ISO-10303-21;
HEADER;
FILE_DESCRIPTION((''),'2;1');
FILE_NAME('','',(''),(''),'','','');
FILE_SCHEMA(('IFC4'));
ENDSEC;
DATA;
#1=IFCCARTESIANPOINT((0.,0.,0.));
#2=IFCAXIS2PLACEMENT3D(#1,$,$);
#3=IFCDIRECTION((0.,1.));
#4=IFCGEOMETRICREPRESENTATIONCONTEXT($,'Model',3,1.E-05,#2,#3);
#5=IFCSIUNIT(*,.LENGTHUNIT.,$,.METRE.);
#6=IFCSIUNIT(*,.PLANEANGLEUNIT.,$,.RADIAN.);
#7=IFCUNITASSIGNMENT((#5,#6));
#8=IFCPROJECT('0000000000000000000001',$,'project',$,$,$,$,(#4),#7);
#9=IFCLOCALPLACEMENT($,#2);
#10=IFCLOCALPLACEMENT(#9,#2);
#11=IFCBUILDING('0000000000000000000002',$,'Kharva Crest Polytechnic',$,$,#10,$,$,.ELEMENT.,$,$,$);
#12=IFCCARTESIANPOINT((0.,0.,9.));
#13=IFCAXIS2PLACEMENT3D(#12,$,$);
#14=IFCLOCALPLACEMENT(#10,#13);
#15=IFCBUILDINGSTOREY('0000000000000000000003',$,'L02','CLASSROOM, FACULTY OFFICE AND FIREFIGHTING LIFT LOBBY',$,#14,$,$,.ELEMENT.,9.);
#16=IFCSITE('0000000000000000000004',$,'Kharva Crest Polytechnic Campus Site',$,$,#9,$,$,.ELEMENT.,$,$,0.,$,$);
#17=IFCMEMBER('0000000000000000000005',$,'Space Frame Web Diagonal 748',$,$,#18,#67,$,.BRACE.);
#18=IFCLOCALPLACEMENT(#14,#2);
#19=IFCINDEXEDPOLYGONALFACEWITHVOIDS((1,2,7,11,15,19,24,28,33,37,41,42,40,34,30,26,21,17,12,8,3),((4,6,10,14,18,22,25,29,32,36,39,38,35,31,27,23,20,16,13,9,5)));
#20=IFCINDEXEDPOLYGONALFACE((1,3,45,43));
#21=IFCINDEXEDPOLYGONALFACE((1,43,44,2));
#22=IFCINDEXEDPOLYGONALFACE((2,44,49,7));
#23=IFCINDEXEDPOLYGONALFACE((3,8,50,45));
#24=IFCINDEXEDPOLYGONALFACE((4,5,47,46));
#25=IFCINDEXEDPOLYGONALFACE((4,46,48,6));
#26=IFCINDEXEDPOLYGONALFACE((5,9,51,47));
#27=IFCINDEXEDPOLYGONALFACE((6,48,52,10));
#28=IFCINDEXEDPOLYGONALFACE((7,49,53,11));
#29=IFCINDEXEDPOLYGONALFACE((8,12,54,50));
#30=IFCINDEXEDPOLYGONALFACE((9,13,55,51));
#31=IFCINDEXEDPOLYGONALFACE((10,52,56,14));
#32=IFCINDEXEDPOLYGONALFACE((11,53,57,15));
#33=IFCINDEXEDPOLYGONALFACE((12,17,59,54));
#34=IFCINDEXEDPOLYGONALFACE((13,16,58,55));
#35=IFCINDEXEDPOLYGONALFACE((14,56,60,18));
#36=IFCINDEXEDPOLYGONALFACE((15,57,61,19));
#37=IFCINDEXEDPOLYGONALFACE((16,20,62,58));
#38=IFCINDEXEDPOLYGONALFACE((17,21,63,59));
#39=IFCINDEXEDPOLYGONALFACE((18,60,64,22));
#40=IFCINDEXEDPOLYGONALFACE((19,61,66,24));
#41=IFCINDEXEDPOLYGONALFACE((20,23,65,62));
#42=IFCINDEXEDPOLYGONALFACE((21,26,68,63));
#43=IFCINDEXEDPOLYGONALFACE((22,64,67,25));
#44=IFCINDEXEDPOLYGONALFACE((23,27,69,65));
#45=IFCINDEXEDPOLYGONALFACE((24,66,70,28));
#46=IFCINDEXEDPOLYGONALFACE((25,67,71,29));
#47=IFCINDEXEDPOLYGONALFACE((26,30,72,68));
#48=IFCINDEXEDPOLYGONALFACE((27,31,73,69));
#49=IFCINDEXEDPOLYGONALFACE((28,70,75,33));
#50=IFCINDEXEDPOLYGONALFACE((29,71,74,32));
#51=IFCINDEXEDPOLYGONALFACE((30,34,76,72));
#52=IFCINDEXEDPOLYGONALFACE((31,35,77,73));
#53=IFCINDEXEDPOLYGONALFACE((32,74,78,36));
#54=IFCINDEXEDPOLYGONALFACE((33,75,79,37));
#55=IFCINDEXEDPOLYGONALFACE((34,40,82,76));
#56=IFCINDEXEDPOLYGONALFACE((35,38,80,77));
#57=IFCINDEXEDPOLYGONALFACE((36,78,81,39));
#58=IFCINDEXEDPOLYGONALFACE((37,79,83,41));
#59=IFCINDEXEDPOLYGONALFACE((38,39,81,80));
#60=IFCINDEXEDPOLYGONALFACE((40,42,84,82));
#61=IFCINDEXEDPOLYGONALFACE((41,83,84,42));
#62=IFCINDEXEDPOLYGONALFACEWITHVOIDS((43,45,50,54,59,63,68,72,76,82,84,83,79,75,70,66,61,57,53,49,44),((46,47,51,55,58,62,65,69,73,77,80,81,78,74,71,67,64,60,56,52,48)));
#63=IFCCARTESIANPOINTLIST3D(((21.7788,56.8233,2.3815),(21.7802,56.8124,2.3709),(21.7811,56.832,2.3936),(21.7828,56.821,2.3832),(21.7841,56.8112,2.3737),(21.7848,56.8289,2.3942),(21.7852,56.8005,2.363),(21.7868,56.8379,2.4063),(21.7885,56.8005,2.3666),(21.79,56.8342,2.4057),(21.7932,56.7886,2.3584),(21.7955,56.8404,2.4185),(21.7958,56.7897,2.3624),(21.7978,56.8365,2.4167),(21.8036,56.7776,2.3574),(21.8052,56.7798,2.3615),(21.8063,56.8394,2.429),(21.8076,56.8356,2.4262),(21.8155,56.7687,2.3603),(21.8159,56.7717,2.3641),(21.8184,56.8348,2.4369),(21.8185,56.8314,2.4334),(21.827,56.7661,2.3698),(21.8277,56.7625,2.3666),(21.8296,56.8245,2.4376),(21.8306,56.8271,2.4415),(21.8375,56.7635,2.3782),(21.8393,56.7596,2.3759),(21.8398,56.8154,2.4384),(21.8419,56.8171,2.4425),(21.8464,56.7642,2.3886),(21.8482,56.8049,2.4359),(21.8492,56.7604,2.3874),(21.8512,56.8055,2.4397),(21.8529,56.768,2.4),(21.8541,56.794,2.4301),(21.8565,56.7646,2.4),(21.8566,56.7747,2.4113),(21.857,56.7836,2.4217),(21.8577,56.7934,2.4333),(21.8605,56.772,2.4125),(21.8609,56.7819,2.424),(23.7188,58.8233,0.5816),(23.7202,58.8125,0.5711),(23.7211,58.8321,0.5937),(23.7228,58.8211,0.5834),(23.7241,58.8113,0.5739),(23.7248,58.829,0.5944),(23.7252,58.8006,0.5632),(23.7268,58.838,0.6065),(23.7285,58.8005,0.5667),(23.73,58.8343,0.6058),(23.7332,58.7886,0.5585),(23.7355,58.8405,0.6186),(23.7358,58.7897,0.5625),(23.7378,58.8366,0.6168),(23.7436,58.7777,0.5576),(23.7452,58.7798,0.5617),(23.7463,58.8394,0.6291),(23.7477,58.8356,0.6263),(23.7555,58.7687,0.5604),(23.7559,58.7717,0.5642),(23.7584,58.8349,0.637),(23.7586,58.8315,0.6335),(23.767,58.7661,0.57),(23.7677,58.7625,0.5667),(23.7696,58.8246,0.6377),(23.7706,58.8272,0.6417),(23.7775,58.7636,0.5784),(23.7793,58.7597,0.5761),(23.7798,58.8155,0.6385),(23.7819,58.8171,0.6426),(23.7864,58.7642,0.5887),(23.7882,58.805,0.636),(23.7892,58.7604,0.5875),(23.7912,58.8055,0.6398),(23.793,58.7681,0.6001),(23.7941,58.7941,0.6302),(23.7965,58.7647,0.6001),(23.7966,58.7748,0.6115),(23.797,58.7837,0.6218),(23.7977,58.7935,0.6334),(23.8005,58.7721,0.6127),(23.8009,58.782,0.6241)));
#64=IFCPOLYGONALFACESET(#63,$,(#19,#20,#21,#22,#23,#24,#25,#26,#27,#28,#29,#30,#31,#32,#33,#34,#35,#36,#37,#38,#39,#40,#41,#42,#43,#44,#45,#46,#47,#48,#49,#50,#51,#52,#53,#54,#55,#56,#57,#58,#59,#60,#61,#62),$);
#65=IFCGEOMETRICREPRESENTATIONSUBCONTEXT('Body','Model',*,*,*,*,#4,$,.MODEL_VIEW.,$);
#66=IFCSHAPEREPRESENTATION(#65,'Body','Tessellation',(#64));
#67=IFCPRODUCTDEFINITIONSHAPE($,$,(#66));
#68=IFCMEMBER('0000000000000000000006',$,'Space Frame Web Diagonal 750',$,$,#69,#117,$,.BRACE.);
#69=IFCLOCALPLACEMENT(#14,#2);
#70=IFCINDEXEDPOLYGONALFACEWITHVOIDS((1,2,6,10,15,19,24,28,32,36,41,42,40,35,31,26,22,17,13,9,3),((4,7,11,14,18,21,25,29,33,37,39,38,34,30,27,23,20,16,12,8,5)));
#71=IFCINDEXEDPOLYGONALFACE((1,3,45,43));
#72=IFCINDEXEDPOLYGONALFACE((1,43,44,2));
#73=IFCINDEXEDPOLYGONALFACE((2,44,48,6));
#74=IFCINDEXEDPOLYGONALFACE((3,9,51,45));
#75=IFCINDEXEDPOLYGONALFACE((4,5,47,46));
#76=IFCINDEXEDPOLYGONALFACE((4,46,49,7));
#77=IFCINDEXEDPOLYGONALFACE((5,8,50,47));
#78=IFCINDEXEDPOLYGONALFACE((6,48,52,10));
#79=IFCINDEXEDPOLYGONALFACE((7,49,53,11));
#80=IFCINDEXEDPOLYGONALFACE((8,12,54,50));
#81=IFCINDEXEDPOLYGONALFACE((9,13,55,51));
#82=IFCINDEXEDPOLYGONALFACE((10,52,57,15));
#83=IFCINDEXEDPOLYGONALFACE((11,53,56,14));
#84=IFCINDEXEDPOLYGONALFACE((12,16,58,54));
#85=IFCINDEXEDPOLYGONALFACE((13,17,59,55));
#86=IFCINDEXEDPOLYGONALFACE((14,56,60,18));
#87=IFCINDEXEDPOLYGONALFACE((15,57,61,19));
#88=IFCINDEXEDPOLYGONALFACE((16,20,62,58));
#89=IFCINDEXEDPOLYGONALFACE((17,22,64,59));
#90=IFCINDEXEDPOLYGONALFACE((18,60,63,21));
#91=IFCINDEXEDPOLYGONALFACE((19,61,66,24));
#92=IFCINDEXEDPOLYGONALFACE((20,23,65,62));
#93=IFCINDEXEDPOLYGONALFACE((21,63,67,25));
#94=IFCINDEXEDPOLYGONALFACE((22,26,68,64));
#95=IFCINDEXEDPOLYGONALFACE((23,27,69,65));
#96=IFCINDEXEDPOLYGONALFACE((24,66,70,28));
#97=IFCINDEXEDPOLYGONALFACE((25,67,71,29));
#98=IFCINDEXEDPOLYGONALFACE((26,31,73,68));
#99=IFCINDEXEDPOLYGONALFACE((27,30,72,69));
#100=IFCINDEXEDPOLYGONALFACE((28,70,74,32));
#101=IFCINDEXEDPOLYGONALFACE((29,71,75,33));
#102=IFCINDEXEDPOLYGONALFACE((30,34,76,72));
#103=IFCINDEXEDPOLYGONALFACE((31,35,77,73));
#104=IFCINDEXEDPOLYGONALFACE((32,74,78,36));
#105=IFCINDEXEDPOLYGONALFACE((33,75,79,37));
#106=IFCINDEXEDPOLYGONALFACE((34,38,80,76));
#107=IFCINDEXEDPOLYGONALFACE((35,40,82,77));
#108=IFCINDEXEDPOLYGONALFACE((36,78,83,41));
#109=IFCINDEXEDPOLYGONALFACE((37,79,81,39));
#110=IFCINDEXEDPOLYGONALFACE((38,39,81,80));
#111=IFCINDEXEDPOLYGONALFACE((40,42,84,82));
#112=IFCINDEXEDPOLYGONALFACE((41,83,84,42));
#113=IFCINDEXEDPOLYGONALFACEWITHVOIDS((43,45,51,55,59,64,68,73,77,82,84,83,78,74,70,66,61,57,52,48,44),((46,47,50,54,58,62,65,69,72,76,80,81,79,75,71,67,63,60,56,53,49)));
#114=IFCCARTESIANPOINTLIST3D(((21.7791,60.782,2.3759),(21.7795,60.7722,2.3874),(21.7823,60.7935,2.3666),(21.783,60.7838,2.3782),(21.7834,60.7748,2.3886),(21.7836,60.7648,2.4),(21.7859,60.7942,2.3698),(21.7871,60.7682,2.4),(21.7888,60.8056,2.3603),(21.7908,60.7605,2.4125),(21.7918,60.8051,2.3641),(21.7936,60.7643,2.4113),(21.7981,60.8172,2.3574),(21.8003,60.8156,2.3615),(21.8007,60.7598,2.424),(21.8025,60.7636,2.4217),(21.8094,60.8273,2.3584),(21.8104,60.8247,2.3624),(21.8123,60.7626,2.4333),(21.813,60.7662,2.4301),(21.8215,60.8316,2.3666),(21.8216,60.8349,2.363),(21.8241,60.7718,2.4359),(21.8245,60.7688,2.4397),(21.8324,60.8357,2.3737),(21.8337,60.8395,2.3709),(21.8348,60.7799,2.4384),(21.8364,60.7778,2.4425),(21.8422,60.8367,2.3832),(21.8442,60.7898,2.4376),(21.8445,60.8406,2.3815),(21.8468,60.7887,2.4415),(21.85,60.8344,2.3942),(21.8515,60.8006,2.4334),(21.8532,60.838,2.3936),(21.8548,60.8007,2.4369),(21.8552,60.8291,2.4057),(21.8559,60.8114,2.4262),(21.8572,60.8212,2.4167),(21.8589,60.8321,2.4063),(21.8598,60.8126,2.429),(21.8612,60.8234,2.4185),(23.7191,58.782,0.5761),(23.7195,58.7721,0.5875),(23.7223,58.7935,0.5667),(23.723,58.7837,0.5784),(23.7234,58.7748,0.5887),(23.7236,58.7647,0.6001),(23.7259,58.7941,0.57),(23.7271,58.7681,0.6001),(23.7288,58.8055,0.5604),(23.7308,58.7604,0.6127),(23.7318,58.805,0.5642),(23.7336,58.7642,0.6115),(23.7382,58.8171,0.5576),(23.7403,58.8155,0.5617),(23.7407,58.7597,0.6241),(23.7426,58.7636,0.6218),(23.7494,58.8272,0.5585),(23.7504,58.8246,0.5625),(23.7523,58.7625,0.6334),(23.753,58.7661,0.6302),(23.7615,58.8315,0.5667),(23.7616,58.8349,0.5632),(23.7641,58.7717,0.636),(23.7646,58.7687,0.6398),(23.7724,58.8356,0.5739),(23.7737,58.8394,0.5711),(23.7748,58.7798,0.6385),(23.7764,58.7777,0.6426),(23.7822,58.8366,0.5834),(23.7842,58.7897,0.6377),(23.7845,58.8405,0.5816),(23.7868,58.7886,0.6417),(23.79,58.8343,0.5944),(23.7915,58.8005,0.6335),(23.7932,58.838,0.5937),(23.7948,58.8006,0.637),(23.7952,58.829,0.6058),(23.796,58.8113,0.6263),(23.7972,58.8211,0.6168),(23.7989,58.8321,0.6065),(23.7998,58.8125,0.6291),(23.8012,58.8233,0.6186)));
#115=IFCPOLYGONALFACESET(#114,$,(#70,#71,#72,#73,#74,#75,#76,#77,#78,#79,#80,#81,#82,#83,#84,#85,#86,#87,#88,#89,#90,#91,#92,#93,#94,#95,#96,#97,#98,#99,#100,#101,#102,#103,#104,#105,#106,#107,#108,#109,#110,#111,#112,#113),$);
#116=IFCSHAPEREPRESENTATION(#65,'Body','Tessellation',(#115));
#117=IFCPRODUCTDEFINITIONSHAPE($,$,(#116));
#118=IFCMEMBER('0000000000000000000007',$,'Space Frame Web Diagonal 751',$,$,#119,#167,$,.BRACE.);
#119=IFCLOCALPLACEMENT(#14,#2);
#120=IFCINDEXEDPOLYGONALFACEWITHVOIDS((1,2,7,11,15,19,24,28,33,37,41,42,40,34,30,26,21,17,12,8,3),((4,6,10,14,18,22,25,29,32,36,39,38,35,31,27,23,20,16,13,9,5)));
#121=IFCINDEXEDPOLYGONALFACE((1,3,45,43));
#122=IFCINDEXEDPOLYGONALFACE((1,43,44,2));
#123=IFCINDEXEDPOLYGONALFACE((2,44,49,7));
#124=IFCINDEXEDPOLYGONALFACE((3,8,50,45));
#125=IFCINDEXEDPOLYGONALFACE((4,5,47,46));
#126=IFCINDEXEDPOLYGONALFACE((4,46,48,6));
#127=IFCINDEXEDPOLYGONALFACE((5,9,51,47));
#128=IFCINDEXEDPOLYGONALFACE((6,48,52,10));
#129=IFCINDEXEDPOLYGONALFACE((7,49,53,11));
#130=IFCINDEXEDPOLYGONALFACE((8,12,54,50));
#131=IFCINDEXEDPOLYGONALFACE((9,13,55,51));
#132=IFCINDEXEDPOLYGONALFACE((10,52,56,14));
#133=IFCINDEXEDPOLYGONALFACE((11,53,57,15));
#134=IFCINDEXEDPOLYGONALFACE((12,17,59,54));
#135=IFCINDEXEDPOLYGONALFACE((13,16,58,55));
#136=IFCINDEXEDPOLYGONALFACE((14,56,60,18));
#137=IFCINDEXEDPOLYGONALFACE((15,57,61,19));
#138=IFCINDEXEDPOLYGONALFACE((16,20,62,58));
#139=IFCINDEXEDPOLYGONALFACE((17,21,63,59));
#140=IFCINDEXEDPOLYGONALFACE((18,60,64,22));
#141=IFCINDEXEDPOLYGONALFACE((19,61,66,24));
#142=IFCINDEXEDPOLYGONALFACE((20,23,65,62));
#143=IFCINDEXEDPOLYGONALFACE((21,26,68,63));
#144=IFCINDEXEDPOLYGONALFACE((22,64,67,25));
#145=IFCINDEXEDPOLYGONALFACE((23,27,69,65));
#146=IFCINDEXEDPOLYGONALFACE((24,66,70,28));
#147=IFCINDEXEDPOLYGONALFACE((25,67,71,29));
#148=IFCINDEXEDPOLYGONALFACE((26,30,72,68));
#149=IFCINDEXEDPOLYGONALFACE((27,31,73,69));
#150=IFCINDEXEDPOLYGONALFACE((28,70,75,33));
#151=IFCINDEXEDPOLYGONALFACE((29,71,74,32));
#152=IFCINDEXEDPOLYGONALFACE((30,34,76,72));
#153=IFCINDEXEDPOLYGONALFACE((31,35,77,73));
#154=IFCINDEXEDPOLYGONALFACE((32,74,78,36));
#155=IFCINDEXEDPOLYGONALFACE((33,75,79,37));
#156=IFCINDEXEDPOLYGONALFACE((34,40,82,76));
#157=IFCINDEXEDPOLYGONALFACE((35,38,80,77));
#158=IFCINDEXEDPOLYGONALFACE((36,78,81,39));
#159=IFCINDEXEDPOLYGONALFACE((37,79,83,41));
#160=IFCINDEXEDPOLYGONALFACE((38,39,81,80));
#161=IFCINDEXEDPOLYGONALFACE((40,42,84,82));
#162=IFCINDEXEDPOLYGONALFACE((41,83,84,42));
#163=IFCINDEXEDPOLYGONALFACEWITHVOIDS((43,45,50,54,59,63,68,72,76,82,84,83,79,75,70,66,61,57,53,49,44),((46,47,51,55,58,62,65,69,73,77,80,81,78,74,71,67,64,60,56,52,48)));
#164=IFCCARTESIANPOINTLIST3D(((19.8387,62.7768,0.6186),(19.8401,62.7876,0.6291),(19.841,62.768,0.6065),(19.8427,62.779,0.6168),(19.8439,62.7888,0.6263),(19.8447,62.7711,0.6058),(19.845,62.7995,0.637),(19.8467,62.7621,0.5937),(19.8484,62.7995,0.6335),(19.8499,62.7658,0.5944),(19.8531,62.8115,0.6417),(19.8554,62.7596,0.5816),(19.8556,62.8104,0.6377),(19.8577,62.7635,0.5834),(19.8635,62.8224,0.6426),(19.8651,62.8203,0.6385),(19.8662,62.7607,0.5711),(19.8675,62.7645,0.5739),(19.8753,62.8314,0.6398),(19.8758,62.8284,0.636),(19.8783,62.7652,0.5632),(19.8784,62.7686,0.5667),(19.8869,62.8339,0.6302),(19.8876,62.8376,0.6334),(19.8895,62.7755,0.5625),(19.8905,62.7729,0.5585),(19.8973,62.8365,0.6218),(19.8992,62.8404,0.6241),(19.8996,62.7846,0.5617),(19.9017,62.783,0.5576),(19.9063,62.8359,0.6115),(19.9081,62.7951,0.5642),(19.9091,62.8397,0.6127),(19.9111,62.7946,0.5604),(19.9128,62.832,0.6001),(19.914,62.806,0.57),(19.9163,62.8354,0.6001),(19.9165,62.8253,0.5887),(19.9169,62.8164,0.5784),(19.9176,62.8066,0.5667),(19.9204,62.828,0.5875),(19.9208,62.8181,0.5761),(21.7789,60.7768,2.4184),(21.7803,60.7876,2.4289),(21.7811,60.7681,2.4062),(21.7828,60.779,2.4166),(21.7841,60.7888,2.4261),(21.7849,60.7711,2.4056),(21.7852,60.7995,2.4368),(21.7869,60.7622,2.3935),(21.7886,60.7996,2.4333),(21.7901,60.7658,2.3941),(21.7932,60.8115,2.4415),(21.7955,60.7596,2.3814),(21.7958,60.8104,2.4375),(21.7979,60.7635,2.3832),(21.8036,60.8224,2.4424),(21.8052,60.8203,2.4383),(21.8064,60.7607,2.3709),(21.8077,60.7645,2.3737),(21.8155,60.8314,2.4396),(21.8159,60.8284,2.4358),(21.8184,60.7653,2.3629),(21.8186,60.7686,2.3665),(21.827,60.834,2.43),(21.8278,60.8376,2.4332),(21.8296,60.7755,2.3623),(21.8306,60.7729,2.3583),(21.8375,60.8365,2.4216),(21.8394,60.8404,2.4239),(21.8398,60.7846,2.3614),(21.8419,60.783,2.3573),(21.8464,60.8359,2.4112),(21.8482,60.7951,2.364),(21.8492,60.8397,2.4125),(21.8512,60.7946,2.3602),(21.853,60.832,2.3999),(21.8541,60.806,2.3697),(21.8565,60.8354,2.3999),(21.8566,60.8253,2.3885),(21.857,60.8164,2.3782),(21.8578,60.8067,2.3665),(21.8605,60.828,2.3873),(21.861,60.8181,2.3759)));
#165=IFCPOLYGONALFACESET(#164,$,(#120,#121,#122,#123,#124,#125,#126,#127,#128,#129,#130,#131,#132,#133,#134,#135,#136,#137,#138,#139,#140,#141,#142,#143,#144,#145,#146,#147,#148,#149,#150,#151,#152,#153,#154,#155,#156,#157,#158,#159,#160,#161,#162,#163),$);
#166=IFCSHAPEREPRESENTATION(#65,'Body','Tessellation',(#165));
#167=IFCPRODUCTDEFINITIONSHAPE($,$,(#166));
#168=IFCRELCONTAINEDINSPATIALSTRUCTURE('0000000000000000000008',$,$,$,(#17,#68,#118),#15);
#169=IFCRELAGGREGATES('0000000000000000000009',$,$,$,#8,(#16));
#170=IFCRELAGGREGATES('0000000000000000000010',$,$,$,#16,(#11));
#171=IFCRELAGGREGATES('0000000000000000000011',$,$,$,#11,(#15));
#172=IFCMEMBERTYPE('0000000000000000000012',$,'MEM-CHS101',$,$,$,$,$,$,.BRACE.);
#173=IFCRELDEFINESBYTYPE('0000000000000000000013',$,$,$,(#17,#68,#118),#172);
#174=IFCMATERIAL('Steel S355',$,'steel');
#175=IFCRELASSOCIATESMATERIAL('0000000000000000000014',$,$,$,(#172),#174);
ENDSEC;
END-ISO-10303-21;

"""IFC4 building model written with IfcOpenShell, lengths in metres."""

from ifc_helpers import new_model, si_unit, direction, frame, origin, origin_2d, place, context, subcontext, project, spatial, hollow_circle, extrude, material, material_profile, profile_set, type_object, element, save


model = new_model("IFC4")

# Units and contexts
model_context = context("Model", 3, precision=1e-05, world=origin(), true_north=direction((0.0, 1.0)))
body_context = subcontext(model_context, "Body", "Model", "MODEL_VIEW")
ifc_project = project(units=[si_unit("LENGTHUNIT", "METRE"), si_unit("PLANEANGLEUNIT", "RADIAN")], contexts=[model_context])

# Site, building, storey
site_placement = place(None, origin())
site = spatial("IfcSite", under=ifc_project, at=site_placement, Name="Kharva Crest Polytechnic Campus Site", CompositionType="ELEMENT", RefElevation=0.0)
building_placement = place(site_placement, origin())
building = spatial("IfcBuilding", under=site, at=building_placement, Name="Kharva Crest Polytechnic", CompositionType="ELEMENT")
storey_placement = place(building_placement, frame((0.0, 0.0, 9.0)))
storey = spatial("IfcBuildingStorey", under=building, at=storey_placement, Name="L02", Description="CLASSROOM, FACULTY OFFICE AND FIREFIGHTING LIFT LOBBY", CompositionType="ELEMENT", Elevation=9.0)

# Shared definitions
ifc_material_1 = material(Name="Steel S355", Category="steel")

# Members
ifc_material_profile_1 = material_profile(ifc_material_1, hollow_circle(Radius=0.0508, WallThickness=0.0049, at=origin_2d()), Name="CHS 101.6X5.0")
ifc_profile_set_1 = profile_set([ifc_material_profile_1], Name="Steel S355")
member_type_1 = type_object("IfcMemberType", Name="MEM-CHS101", PredefinedType="BRACE", material=ifc_profile_set_1)
for number, where, z_axis, x_axis, name in (
    (1, (23.76, 58.8, 0.6001), (-0.584843, -0.60295, 0.542596), (0.717802, -0.696247, 0.0), "Space Frame Web Diagonal 748"),
    (2, (23.76, 58.8, 0.6001), (-0.584843, 0.60295, 0.542596), (-0.717802, -0.696247, 0.0), "Space Frame Web Diagonal 750"),
    (3, (19.8799, 62.8, 0.6001), (0.584892, -0.602924, 0.542572), (0.717758, 0.696292, 0.0), "Space Frame Web Diagonal 751"),
):
    element("IfcMember", number, at=place(storey_placement, frame(where, z_axis=z_axis, x_axis=x_axis)), inside=storey, type_object=member_type_1, Name=name, PredefinedType="BRACE", context=body_context, shape_type="SweptSolid", body=[
        extrude(hollow_circle(Radius=0.0508, WallThickness=0.0049, at=origin_2d()), origin(), (0.0, 0.0, 1.0), 3.3171),
    ])

save(model, "model.ifc")
